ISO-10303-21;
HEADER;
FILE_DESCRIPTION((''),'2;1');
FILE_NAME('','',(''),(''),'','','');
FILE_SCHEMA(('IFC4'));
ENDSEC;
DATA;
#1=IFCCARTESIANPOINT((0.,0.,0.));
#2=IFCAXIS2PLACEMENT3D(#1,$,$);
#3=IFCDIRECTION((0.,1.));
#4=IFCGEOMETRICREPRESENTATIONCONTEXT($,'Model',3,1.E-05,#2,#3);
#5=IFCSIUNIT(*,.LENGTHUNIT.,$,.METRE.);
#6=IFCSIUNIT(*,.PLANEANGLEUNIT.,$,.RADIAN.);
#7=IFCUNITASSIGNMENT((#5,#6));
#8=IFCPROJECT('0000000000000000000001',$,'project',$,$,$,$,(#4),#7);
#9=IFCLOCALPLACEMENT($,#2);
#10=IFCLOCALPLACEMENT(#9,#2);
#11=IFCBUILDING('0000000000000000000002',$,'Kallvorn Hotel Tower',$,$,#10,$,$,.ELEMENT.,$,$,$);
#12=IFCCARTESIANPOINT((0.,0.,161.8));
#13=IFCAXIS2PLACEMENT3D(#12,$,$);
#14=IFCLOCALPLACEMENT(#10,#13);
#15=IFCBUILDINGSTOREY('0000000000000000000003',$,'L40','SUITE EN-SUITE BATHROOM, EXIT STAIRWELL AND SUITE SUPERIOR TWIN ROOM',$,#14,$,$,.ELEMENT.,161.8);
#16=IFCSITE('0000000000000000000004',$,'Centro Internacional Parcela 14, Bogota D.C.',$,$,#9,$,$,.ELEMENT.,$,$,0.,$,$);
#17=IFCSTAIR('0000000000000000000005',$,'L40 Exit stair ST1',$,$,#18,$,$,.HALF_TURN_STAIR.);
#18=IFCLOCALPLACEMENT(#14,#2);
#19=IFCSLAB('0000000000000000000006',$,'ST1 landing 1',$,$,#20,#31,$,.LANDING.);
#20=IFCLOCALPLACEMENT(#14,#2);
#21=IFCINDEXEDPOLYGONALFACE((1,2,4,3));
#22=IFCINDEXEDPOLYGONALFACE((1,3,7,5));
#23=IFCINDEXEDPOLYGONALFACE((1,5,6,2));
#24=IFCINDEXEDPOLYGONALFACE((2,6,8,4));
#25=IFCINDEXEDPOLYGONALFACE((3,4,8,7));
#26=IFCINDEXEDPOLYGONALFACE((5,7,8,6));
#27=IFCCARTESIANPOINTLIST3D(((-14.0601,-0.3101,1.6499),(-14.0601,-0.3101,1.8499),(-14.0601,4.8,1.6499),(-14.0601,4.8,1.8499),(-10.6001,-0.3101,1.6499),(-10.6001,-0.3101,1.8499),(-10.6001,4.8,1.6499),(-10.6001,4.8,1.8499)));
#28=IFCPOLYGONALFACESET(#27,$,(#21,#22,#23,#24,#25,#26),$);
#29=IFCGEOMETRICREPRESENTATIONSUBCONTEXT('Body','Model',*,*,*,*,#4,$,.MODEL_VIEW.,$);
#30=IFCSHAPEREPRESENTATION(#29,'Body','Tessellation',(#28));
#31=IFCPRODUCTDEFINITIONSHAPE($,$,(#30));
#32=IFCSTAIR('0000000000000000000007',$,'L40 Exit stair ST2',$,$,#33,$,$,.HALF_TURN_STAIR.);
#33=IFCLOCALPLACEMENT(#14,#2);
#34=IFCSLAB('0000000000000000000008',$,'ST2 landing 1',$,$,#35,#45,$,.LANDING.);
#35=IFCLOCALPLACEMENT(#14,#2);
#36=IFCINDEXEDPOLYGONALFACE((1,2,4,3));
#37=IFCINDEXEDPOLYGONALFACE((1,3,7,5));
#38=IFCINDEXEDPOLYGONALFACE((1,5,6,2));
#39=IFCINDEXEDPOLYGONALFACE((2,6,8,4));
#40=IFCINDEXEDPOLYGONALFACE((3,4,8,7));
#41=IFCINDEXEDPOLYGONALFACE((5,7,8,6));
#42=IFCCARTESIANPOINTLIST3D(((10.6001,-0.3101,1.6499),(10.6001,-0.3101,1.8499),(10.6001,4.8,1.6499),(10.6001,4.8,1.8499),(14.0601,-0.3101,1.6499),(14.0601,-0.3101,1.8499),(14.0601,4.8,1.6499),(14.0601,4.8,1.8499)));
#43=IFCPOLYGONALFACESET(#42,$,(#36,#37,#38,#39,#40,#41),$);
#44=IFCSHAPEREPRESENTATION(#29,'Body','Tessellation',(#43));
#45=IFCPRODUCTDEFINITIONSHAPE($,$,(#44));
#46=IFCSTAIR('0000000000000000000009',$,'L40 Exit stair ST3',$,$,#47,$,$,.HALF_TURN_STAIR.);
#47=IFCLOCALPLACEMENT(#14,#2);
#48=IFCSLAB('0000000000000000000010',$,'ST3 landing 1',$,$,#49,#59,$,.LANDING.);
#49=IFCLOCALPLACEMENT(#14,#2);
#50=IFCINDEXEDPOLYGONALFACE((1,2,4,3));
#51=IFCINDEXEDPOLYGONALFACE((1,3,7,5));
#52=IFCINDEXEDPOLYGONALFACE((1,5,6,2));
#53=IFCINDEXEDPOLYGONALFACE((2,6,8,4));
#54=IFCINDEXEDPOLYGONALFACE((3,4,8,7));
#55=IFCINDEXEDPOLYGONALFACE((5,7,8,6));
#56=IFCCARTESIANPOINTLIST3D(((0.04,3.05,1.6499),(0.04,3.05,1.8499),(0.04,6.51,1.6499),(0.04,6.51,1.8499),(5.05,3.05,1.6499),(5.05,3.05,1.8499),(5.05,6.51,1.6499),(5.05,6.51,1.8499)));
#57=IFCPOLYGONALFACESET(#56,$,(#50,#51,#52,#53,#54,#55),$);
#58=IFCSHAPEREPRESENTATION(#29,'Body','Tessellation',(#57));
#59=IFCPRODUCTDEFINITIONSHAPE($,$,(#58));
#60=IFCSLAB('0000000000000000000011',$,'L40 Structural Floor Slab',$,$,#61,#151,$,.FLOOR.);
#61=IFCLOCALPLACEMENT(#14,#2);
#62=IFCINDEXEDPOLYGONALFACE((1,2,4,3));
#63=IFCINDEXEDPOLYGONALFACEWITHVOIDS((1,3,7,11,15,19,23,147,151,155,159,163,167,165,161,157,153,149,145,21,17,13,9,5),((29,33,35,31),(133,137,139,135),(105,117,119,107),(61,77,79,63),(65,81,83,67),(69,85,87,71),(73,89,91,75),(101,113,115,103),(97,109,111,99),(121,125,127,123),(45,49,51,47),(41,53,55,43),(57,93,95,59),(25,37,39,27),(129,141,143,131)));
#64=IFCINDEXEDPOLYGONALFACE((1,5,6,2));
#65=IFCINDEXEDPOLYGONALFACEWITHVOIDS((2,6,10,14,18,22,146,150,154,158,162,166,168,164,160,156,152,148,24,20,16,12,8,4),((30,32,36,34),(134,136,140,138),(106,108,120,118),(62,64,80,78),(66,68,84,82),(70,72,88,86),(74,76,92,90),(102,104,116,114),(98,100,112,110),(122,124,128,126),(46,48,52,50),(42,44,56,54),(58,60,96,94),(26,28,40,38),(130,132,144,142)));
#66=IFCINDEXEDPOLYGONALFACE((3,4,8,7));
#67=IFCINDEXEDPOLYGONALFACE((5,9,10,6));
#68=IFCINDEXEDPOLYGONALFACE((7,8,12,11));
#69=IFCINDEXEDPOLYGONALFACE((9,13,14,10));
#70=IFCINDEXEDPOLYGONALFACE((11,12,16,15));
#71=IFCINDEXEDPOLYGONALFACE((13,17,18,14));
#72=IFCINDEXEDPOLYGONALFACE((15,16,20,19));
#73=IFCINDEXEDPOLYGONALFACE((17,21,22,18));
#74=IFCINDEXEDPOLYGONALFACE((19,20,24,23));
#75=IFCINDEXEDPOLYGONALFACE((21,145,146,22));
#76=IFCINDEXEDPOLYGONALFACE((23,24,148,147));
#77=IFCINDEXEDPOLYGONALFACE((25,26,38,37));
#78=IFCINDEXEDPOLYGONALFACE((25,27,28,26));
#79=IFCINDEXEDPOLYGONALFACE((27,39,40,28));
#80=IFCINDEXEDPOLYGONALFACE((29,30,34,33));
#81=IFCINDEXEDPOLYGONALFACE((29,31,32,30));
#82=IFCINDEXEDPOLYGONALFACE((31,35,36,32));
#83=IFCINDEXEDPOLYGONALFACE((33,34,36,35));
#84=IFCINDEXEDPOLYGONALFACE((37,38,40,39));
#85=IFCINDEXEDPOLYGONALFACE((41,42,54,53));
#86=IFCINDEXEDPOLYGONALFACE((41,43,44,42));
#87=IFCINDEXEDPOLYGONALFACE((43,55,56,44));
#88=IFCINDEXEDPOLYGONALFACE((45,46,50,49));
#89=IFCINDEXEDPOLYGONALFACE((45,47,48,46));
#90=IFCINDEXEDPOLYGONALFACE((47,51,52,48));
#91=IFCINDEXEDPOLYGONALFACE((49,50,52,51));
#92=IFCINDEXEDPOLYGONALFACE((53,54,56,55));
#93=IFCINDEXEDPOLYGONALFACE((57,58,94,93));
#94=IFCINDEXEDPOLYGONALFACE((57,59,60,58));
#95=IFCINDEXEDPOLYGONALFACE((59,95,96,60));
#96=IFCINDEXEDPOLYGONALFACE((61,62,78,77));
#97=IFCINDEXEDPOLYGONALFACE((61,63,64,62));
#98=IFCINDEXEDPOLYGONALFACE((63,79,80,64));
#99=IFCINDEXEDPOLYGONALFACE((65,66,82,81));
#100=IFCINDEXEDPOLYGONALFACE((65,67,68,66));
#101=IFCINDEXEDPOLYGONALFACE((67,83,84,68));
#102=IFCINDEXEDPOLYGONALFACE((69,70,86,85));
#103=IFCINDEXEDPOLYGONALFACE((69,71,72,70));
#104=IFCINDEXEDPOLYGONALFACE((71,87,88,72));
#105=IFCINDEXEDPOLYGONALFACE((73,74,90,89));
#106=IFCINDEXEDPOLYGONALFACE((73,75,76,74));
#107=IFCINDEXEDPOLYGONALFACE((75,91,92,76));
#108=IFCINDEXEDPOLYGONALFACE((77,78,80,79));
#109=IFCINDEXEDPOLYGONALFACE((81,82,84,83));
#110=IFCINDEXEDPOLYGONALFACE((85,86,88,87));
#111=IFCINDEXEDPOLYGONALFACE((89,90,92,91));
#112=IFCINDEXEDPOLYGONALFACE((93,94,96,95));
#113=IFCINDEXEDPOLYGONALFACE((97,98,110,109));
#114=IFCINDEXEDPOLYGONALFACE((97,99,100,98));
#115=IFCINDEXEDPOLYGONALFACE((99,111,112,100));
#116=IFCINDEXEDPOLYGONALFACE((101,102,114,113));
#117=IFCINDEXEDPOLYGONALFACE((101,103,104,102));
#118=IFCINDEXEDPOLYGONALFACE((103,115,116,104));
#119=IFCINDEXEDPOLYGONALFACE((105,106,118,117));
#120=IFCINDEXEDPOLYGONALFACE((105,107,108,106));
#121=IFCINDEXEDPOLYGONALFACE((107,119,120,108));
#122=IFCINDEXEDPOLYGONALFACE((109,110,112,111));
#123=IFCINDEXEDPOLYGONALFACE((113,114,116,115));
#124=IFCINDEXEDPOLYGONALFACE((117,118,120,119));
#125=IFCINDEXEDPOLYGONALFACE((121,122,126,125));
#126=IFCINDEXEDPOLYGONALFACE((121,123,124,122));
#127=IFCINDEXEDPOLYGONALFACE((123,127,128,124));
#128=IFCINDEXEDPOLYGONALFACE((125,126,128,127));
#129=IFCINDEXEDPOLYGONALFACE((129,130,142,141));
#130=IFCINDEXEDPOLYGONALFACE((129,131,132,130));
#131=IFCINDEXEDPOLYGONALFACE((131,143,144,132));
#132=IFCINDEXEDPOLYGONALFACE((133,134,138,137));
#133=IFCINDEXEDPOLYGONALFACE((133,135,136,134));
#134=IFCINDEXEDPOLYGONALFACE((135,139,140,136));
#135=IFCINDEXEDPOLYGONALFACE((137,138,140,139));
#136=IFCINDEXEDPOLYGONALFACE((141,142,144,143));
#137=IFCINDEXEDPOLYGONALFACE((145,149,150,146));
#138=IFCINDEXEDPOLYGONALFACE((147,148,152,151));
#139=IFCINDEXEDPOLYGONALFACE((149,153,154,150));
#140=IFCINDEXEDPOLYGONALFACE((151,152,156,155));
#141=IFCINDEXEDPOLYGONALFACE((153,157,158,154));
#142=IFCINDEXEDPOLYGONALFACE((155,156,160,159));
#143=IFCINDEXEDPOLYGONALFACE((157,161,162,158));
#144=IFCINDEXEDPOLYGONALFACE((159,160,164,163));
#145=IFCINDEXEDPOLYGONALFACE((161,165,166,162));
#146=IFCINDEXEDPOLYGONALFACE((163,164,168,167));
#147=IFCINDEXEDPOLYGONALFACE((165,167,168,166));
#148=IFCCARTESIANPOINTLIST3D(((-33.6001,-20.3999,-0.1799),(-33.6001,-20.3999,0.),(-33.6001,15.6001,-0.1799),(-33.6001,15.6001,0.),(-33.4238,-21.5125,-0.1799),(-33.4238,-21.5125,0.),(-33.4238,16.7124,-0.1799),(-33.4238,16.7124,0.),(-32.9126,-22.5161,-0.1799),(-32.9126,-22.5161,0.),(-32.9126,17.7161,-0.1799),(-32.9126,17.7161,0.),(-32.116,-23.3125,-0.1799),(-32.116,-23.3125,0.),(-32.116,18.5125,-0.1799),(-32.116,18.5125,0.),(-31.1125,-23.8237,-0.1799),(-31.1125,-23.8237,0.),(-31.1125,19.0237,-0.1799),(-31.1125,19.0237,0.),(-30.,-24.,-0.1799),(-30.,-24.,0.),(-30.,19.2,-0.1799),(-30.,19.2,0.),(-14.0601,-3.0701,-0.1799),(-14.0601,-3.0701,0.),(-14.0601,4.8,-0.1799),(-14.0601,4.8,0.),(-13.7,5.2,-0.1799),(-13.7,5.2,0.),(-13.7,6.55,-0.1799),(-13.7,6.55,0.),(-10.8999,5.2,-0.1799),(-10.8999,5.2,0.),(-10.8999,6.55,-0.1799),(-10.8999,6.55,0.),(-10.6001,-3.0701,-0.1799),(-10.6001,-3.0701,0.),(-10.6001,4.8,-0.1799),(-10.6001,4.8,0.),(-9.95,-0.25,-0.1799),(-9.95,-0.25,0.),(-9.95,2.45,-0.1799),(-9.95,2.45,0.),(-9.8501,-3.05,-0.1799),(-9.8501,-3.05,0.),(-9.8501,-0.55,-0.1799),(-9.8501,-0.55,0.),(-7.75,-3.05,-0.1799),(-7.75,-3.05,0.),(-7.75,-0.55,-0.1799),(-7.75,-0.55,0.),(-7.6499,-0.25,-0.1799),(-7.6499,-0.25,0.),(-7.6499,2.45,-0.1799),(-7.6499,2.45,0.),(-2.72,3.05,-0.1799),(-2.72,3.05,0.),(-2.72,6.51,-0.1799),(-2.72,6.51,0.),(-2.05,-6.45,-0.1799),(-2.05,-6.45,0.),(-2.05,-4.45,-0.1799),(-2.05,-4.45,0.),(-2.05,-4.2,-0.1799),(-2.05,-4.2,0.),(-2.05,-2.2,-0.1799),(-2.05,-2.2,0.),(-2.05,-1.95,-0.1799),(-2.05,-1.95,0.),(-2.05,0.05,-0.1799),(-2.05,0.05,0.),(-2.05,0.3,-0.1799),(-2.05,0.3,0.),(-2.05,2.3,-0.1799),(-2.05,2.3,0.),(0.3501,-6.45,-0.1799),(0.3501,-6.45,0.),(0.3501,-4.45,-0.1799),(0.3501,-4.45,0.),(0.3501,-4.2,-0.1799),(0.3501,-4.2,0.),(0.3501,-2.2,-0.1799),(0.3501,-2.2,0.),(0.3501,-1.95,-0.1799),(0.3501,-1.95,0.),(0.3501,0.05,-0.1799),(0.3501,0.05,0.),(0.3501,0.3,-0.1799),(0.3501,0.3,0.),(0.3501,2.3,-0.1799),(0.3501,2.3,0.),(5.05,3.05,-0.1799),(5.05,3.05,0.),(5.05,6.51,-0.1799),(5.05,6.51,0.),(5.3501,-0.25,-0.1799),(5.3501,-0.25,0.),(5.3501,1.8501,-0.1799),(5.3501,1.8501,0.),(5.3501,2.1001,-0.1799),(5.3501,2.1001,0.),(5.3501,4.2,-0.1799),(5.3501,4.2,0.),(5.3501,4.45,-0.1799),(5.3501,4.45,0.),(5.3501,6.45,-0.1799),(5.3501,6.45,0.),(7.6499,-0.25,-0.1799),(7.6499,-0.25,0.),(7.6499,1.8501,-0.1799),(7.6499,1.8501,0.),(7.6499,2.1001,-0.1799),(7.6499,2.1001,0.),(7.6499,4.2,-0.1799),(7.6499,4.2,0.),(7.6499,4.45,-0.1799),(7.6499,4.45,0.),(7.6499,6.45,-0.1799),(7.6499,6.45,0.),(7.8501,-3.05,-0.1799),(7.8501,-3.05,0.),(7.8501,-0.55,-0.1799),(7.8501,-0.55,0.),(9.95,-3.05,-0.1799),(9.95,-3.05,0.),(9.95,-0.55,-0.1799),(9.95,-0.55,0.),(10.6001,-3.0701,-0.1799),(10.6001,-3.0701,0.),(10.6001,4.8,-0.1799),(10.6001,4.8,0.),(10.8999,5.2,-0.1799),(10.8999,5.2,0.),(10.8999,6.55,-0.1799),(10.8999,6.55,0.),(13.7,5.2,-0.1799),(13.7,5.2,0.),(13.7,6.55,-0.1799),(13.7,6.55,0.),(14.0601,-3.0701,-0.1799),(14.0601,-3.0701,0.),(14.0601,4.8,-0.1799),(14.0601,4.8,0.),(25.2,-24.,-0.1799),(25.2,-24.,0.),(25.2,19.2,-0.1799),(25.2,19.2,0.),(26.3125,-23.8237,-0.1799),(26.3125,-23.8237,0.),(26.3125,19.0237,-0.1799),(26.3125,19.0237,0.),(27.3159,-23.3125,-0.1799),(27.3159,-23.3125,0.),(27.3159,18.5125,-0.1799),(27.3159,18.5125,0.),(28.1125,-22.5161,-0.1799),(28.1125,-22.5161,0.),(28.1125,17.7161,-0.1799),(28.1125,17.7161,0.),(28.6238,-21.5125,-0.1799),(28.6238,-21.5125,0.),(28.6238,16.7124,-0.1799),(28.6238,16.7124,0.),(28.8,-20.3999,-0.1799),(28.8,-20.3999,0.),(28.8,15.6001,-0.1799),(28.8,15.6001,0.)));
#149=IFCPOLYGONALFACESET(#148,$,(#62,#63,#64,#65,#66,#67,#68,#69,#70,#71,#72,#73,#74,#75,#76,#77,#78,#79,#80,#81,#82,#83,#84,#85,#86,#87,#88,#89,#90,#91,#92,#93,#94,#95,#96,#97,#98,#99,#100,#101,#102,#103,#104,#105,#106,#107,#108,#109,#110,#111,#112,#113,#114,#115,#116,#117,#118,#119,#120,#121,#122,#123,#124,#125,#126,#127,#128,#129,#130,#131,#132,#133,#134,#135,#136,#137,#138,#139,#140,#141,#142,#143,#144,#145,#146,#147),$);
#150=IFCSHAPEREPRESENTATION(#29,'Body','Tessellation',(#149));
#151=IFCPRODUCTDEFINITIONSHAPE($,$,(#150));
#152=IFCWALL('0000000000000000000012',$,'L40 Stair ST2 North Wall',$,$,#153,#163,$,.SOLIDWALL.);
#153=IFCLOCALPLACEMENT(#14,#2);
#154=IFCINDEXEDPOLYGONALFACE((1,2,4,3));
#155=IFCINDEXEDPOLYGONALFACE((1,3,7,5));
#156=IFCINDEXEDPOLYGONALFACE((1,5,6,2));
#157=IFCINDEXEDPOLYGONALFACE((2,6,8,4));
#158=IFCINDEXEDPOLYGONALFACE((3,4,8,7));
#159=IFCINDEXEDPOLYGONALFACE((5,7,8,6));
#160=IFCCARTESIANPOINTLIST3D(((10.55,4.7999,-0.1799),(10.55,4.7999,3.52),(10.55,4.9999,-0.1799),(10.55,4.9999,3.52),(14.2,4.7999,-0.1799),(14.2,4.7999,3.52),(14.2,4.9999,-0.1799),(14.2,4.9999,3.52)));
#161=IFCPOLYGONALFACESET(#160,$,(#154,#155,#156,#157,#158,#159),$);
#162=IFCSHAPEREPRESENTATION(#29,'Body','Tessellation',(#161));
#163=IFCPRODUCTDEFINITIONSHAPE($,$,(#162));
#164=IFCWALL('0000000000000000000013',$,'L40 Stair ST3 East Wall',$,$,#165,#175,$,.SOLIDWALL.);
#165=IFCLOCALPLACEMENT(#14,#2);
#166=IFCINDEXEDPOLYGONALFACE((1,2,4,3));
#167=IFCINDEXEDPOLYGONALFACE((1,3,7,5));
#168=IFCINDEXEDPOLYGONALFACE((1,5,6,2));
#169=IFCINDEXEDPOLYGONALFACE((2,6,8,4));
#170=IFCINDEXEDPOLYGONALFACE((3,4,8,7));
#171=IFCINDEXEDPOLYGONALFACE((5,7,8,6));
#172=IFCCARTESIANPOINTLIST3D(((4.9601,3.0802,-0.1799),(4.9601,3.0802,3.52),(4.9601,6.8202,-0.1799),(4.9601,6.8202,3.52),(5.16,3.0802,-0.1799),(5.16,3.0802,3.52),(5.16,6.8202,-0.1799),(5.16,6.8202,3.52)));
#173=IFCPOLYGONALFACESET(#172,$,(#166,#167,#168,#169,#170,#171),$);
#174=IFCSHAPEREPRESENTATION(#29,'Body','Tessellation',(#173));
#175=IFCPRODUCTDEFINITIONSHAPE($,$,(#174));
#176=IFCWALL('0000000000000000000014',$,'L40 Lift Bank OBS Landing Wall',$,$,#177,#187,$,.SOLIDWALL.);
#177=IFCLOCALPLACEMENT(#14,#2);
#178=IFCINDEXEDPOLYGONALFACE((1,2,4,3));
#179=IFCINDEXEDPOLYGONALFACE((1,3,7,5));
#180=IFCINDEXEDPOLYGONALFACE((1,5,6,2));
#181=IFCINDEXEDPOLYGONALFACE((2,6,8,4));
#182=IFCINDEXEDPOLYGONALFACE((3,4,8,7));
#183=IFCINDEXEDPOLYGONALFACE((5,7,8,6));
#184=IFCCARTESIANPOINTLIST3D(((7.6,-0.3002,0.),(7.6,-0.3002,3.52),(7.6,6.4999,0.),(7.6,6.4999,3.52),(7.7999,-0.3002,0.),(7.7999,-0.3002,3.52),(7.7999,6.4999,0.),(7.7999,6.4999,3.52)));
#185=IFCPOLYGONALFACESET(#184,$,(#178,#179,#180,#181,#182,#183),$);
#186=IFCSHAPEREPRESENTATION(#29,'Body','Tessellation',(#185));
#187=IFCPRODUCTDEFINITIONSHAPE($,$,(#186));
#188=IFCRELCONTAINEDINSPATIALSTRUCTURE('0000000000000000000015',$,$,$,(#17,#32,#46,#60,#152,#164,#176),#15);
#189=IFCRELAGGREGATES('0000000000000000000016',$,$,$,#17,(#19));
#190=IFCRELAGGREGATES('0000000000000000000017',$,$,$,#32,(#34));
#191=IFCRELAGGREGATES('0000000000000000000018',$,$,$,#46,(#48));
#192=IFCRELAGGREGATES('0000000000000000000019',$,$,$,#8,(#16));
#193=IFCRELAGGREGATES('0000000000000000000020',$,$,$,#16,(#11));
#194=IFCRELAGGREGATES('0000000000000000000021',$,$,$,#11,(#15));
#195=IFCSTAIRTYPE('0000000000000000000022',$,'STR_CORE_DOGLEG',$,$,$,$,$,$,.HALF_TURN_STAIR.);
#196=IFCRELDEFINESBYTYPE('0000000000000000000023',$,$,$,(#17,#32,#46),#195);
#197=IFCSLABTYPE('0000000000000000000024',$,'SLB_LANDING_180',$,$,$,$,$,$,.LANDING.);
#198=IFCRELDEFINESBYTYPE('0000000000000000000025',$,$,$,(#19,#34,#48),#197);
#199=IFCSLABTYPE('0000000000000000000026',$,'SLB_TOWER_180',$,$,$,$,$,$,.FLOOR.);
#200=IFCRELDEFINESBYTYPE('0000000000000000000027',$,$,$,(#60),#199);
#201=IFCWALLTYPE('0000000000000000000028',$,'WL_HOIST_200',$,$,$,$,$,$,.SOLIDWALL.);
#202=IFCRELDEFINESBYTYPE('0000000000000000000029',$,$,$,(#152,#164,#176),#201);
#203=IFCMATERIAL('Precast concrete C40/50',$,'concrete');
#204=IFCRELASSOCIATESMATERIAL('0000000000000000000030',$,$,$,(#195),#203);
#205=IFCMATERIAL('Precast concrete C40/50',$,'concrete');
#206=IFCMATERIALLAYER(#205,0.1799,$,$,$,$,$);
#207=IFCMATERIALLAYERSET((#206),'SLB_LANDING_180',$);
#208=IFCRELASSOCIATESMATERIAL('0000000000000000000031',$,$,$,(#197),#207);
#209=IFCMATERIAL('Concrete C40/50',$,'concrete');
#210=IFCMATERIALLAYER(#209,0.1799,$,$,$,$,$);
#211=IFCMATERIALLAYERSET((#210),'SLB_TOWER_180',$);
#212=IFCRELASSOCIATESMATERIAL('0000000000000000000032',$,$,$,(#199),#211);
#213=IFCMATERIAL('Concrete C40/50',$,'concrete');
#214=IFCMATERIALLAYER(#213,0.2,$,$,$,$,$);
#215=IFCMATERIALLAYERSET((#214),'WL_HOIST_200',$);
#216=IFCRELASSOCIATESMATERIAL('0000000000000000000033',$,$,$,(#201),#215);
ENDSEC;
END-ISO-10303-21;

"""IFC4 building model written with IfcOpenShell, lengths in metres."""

from ifc_helpers import new_model, si_unit, direction, frame, frame_2d, origin, place, context, subcontext, project, spatial, polyline, rectangle, outline, extrude, material, layer, layer_set, type_object, element, aggregate, save


model = new_model("IFC4")

# Units and contexts
model_context = context("Model", 3, precision=1e-05, world=origin(), true_north=direction((0.0, 1.0)))
body_context = subcontext(model_context, "Body", "Model", "MODEL_VIEW")
ifc_project = project(units=[si_unit("LENGTHUNIT", "METRE"), si_unit("PLANEANGLEUNIT", "RADIAN")], contexts=[model_context])

# Site, building, storey
site_placement = place(None, origin())
site = spatial("IfcSite", under=ifc_project, at=site_placement, Name="Centro Internacional Parcela 14, Bogota D.C.", CompositionType="ELEMENT", RefElevation=0.0)
building_placement = place(site_placement, origin())
building = spatial("IfcBuilding", under=site, at=building_placement, Name="Kallvorn Hotel Tower", CompositionType="ELEMENT")
storey_placement = place(building_placement, frame((0.0, 0.0, 161.8)))
storey = spatial("IfcBuildingStorey", under=building, at=storey_placement, Name="L40", Description="SUITE EN-SUITE BATHROOM, EXIT STAIRWELL AND SUITE SUPERIOR TWIN ROOM", CompositionType="ELEMENT", Elevation=161.8)

# Stairs, slabs
ifc_material_1 = material(Name="Precast concrete C40/50", Category="concrete")
stair_type = type_object("IfcStairType", Name="STR_CORE_DOGLEG", PredefinedType="HALF_TURN_STAIR", material=ifc_material_1)
stair_1_placement = place(storey_placement, origin())
stair_1 = element("IfcStair", 1, at=stair_1_placement, inside=storey, type_object=stair_type, Name="L40 Exit stair ST1", PredefinedType="HALF_TURN_STAIR")
ifc_material_2 = material(Name="Precast concrete C40/50", Category="concrete")
ifc_layer_1 = layer(ifc_material_2, 0.1799)
ifc_layer_set_1 = layer_set([ifc_layer_1], Name="SLB_LANDING_180")
slab_type_1 = type_object("IfcSlabType", Name="SLB_LANDING_180", PredefinedType="LANDING", material=ifc_layer_set_1)
slab_1_placement = place(storey_placement, frame((0.0, 0.0, 1.6499)))
slab_1 = element("IfcSlab", 2, at=slab_1_placement, type_object=slab_type_1, Name="ST1 landing 1", PredefinedType="LANDING", context=body_context, shape_type="SweptSolid", body=[
    extrude(outline(polyline([(-10.6001, -0.3101), (-10.6001, 4.8), (-14.0601, 4.8), (-14.0601, -0.3101), (-10.6001, -0.3101)])), origin(), (0.0, 0.0, 1.0), 0.2),
])
aggregate(stair_1, [slab_1])
stair_2_placement = place(storey_placement, origin())
stair_2 = element("IfcStair", 3, at=stair_2_placement, inside=storey, type_object=stair_type, Name="L40 Exit stair ST2", PredefinedType="HALF_TURN_STAIR")
slab_2_placement = place(storey_placement, frame((0.0, 0.0, 1.6499)))
slab_2 = element("IfcSlab", 4, at=slab_2_placement, type_object=slab_type_1, Name="ST2 landing 1", PredefinedType="LANDING", context=body_context, shape_type="SweptSolid", body=[
    extrude(outline(polyline([(14.0601, -0.3101), (14.0601, 4.8), (10.6001, 4.8), (10.6001, -0.3101), (14.0601, -0.3101)])), origin(), (0.0, 0.0, 1.0), 0.2),
])
aggregate(stair_2, [slab_2])
stair_3_placement = place(storey_placement, origin())
stair_3 = element("IfcStair", 5, at=stair_3_placement, inside=storey, type_object=stair_type, Name="L40 Exit stair ST3", PredefinedType="HALF_TURN_STAIR")
slab_3_placement = place(storey_placement, frame((0.0, 0.0, 1.6499)))
slab_3 = element("IfcSlab", 6, at=slab_3_placement, type_object=slab_type_1, Name="ST3 landing 1", PredefinedType="LANDING", context=body_context, shape_type="SweptSolid", body=[
    extrude(outline(polyline([(0.04, 3.05), (5.05, 3.05), (5.05, 6.51), (0.04, 6.51), (0.04, 3.05)])), origin(), (0.0, 0.0, 1.0), 0.2),
])

# Slab
ifc_material_3 = material(Name="Concrete C40/50", Category="concrete")
ifc_layer_2 = layer(ifc_material_3, 0.1799)
ifc_layer_set_2 = layer_set([ifc_layer_2], Name="SLB_TOWER_180")
slab_type_2 = type_object("IfcSlabType", Name="SLB_TOWER_180", PredefinedType="FLOOR", material=ifc_layer_set_2)
slab_4_placement = place(storey_placement, frame((0.0, 0.0, -0.1799)))
element("IfcSlab", 7, at=slab_4_placement, inside=storey, type_object=slab_type_2, Name="L40 Structural Floor Slab", PredefinedType="FLOOR", context=body_context, shape_type="SweptSolid", body=[
    extrude(outline(polyline([(25.2, -24.0), (26.3125, -23.8237), (27.3159, -23.3125), (28.1125, -22.5161), (28.6238, -21.5125), (28.8, -20.3999), (28.8, 15.6001), (28.6238, 16.7124), (28.1125, 17.7161), (27.3159, 18.5125), (26.3125, 19.0237), (25.2, 19.2), (-30.0, 19.2), (-31.1125, 19.0237), (-32.116, 18.5125), (-32.9126, 17.7161), (-33.4238, 16.7124), (-33.6001, 15.6001), (-33.6001, -20.3999), (-33.4238, -21.5125), (-32.9126, -22.5161), (-32.116, -23.3125), (-31.1125, -23.8237), (-30.0, -24.0), (25.2, -24.0)]), holes=[polyline([(-10.6001, -3.0701), (-10.6001, 4.8), (-14.0601, 4.8), (-14.0601, -3.0701), (-10.6001, -3.0701)]), polyline([(14.0601, -3.0701), (14.0601, 4.8), (10.6001, 4.8), (10.6001, -3.0701), (14.0601, -3.0701)]), polyline([(-2.72, 3.05), (5.05, 3.05), (5.05, 6.51), (-2.72, 6.51), (-2.72, 3.05)]), polyline([(-2.05, -6.45), (0.3501, -6.45), (0.3501, -4.45), (-2.05, -4.45), (-2.05, -6.45)]), polyline([(-2.05, -4.2), (0.3501, -4.2), (0.3501, -2.2), (-2.05, -2.2), (-2.05, -4.2)]), polyline([(-2.05, -1.95), (0.3501, -1.95), (0.3501, 0.05), (-2.05, 0.05), (-2.05, -1.95)]), polyline([(-2.05, 0.3), (0.3501, 0.3), (0.3501, 2.3), (-2.05, 2.3), (-2.05, 0.3)]), polyline([(5.3501, -0.25), (7.6499, -0.25), (7.6499, 1.8501), (5.3501, 1.8501), (5.3501, -0.25)]), polyline([(5.3501, 2.1001), (7.6499, 2.1001), (7.6499, 4.2), (5.3501, 4.2), (5.3501, 2.1001)]), polyline([(5.3501, 4.45), (7.6499, 4.45), (7.6499, 6.45), (5.3501, 6.45), (5.3501, 4.45)]), polyline([(-9.8501, -3.05), (-7.75, -3.05), (-7.75, -0.55), (-9.8501, -0.55), (-9.8501, -3.05)]), polyline([(7.8501, -3.05), (9.95, -3.05), (9.95, -0.55), (7.8501, -0.55), (7.8501, -3.05)]), polyline([(-9.95, -0.25), (-7.6499, -0.25), (-7.6499, 2.45), (-9.95, 2.45), (-9.95, -0.25)]), polyline([(-13.7, 5.2), (-10.8999, 5.2), (-10.8999, 6.55), (-13.7, 6.55), (-13.7, 5.2)]), polyline([(10.8999, 5.2), (13.7, 5.2), (13.7, 6.55), (10.8999, 6.55), (10.8999, 5.2)])]), origin(), (0.0, 0.0, 1.0), 0.1799),
])

# Walls
ifc_material_4 = material(Name="Concrete C40/50", Category="concrete")
ifc_layer_3 = layer(ifc_material_4, 0.2)
ifc_layer_set_3 = layer_set([ifc_layer_3], Name="WL_HOIST_200")
wall_type_1 = type_object("IfcWallType", Name="WL_HOIST_200", PredefinedType="SOLIDWALL", material=ifc_layer_set_3)
wall_1_placement = place(storey_placement, frame((10.55, 4.8999, -0.1799), z_axis=(0.0, 0.0, 1.0), x_axis=(1.0, 0.0, 0.0)))
element("IfcWall", 8, at=wall_1_placement, inside=storey, type_object=wall_type_1, Name="L40 Stair ST2 North Wall", PredefinedType="SOLIDWALL", context=body_context, shape_type="SweptSolid", body=[
    extrude(rectangle(XDim=3.6499, YDim=0.2, at=frame_2d((1.825, 0.0))), origin(), (0.0, 0.0, 1.0), 3.7),
])
wall_2_placement = place(storey_placement, frame((5.0601, 3.0801, -0.1799), z_axis=(0.0, 0.0, 1.0), x_axis=(0.0, 1.0, 0.0)))
element("IfcWall", 9, at=wall_2_placement, inside=storey, type_object=wall_type_1, Name="L40 Stair ST3 East Wall", PredefinedType="SOLIDWALL", context=body_context, shape_type="SweptSolid", body=[
    extrude(rectangle(XDim=3.74, YDim=0.2, at=frame_2d((1.8701, 0.0))), origin(), (0.0, 0.0, 1.0), 3.7),
])
for number, where, z_axis, x_axis, name in (
    (10, (7.7, -0.3, 0.0), (0.0, 0.0, 1.0), (0.0, 1.0, 0.0), "L40 Lift Bank OBS Landing Wall"),
):
    element("IfcWall", number, at=place(storey_placement, frame(where, z_axis=z_axis, x_axis=x_axis)), inside=storey, type_object=wall_type_1, Name=name, PredefinedType="SOLIDWALL", context=body_context, shape_type="SweptSolid", body=[
        extrude(rectangle(XDim=6.8, YDim=0.2, at=frame_2d((3.3999, 0.0))), origin(), (0.0, 0.0, 1.0), 3.52),
    ])

aggregate(stair_3, [slab_3])

save(model, "model.ifc")
